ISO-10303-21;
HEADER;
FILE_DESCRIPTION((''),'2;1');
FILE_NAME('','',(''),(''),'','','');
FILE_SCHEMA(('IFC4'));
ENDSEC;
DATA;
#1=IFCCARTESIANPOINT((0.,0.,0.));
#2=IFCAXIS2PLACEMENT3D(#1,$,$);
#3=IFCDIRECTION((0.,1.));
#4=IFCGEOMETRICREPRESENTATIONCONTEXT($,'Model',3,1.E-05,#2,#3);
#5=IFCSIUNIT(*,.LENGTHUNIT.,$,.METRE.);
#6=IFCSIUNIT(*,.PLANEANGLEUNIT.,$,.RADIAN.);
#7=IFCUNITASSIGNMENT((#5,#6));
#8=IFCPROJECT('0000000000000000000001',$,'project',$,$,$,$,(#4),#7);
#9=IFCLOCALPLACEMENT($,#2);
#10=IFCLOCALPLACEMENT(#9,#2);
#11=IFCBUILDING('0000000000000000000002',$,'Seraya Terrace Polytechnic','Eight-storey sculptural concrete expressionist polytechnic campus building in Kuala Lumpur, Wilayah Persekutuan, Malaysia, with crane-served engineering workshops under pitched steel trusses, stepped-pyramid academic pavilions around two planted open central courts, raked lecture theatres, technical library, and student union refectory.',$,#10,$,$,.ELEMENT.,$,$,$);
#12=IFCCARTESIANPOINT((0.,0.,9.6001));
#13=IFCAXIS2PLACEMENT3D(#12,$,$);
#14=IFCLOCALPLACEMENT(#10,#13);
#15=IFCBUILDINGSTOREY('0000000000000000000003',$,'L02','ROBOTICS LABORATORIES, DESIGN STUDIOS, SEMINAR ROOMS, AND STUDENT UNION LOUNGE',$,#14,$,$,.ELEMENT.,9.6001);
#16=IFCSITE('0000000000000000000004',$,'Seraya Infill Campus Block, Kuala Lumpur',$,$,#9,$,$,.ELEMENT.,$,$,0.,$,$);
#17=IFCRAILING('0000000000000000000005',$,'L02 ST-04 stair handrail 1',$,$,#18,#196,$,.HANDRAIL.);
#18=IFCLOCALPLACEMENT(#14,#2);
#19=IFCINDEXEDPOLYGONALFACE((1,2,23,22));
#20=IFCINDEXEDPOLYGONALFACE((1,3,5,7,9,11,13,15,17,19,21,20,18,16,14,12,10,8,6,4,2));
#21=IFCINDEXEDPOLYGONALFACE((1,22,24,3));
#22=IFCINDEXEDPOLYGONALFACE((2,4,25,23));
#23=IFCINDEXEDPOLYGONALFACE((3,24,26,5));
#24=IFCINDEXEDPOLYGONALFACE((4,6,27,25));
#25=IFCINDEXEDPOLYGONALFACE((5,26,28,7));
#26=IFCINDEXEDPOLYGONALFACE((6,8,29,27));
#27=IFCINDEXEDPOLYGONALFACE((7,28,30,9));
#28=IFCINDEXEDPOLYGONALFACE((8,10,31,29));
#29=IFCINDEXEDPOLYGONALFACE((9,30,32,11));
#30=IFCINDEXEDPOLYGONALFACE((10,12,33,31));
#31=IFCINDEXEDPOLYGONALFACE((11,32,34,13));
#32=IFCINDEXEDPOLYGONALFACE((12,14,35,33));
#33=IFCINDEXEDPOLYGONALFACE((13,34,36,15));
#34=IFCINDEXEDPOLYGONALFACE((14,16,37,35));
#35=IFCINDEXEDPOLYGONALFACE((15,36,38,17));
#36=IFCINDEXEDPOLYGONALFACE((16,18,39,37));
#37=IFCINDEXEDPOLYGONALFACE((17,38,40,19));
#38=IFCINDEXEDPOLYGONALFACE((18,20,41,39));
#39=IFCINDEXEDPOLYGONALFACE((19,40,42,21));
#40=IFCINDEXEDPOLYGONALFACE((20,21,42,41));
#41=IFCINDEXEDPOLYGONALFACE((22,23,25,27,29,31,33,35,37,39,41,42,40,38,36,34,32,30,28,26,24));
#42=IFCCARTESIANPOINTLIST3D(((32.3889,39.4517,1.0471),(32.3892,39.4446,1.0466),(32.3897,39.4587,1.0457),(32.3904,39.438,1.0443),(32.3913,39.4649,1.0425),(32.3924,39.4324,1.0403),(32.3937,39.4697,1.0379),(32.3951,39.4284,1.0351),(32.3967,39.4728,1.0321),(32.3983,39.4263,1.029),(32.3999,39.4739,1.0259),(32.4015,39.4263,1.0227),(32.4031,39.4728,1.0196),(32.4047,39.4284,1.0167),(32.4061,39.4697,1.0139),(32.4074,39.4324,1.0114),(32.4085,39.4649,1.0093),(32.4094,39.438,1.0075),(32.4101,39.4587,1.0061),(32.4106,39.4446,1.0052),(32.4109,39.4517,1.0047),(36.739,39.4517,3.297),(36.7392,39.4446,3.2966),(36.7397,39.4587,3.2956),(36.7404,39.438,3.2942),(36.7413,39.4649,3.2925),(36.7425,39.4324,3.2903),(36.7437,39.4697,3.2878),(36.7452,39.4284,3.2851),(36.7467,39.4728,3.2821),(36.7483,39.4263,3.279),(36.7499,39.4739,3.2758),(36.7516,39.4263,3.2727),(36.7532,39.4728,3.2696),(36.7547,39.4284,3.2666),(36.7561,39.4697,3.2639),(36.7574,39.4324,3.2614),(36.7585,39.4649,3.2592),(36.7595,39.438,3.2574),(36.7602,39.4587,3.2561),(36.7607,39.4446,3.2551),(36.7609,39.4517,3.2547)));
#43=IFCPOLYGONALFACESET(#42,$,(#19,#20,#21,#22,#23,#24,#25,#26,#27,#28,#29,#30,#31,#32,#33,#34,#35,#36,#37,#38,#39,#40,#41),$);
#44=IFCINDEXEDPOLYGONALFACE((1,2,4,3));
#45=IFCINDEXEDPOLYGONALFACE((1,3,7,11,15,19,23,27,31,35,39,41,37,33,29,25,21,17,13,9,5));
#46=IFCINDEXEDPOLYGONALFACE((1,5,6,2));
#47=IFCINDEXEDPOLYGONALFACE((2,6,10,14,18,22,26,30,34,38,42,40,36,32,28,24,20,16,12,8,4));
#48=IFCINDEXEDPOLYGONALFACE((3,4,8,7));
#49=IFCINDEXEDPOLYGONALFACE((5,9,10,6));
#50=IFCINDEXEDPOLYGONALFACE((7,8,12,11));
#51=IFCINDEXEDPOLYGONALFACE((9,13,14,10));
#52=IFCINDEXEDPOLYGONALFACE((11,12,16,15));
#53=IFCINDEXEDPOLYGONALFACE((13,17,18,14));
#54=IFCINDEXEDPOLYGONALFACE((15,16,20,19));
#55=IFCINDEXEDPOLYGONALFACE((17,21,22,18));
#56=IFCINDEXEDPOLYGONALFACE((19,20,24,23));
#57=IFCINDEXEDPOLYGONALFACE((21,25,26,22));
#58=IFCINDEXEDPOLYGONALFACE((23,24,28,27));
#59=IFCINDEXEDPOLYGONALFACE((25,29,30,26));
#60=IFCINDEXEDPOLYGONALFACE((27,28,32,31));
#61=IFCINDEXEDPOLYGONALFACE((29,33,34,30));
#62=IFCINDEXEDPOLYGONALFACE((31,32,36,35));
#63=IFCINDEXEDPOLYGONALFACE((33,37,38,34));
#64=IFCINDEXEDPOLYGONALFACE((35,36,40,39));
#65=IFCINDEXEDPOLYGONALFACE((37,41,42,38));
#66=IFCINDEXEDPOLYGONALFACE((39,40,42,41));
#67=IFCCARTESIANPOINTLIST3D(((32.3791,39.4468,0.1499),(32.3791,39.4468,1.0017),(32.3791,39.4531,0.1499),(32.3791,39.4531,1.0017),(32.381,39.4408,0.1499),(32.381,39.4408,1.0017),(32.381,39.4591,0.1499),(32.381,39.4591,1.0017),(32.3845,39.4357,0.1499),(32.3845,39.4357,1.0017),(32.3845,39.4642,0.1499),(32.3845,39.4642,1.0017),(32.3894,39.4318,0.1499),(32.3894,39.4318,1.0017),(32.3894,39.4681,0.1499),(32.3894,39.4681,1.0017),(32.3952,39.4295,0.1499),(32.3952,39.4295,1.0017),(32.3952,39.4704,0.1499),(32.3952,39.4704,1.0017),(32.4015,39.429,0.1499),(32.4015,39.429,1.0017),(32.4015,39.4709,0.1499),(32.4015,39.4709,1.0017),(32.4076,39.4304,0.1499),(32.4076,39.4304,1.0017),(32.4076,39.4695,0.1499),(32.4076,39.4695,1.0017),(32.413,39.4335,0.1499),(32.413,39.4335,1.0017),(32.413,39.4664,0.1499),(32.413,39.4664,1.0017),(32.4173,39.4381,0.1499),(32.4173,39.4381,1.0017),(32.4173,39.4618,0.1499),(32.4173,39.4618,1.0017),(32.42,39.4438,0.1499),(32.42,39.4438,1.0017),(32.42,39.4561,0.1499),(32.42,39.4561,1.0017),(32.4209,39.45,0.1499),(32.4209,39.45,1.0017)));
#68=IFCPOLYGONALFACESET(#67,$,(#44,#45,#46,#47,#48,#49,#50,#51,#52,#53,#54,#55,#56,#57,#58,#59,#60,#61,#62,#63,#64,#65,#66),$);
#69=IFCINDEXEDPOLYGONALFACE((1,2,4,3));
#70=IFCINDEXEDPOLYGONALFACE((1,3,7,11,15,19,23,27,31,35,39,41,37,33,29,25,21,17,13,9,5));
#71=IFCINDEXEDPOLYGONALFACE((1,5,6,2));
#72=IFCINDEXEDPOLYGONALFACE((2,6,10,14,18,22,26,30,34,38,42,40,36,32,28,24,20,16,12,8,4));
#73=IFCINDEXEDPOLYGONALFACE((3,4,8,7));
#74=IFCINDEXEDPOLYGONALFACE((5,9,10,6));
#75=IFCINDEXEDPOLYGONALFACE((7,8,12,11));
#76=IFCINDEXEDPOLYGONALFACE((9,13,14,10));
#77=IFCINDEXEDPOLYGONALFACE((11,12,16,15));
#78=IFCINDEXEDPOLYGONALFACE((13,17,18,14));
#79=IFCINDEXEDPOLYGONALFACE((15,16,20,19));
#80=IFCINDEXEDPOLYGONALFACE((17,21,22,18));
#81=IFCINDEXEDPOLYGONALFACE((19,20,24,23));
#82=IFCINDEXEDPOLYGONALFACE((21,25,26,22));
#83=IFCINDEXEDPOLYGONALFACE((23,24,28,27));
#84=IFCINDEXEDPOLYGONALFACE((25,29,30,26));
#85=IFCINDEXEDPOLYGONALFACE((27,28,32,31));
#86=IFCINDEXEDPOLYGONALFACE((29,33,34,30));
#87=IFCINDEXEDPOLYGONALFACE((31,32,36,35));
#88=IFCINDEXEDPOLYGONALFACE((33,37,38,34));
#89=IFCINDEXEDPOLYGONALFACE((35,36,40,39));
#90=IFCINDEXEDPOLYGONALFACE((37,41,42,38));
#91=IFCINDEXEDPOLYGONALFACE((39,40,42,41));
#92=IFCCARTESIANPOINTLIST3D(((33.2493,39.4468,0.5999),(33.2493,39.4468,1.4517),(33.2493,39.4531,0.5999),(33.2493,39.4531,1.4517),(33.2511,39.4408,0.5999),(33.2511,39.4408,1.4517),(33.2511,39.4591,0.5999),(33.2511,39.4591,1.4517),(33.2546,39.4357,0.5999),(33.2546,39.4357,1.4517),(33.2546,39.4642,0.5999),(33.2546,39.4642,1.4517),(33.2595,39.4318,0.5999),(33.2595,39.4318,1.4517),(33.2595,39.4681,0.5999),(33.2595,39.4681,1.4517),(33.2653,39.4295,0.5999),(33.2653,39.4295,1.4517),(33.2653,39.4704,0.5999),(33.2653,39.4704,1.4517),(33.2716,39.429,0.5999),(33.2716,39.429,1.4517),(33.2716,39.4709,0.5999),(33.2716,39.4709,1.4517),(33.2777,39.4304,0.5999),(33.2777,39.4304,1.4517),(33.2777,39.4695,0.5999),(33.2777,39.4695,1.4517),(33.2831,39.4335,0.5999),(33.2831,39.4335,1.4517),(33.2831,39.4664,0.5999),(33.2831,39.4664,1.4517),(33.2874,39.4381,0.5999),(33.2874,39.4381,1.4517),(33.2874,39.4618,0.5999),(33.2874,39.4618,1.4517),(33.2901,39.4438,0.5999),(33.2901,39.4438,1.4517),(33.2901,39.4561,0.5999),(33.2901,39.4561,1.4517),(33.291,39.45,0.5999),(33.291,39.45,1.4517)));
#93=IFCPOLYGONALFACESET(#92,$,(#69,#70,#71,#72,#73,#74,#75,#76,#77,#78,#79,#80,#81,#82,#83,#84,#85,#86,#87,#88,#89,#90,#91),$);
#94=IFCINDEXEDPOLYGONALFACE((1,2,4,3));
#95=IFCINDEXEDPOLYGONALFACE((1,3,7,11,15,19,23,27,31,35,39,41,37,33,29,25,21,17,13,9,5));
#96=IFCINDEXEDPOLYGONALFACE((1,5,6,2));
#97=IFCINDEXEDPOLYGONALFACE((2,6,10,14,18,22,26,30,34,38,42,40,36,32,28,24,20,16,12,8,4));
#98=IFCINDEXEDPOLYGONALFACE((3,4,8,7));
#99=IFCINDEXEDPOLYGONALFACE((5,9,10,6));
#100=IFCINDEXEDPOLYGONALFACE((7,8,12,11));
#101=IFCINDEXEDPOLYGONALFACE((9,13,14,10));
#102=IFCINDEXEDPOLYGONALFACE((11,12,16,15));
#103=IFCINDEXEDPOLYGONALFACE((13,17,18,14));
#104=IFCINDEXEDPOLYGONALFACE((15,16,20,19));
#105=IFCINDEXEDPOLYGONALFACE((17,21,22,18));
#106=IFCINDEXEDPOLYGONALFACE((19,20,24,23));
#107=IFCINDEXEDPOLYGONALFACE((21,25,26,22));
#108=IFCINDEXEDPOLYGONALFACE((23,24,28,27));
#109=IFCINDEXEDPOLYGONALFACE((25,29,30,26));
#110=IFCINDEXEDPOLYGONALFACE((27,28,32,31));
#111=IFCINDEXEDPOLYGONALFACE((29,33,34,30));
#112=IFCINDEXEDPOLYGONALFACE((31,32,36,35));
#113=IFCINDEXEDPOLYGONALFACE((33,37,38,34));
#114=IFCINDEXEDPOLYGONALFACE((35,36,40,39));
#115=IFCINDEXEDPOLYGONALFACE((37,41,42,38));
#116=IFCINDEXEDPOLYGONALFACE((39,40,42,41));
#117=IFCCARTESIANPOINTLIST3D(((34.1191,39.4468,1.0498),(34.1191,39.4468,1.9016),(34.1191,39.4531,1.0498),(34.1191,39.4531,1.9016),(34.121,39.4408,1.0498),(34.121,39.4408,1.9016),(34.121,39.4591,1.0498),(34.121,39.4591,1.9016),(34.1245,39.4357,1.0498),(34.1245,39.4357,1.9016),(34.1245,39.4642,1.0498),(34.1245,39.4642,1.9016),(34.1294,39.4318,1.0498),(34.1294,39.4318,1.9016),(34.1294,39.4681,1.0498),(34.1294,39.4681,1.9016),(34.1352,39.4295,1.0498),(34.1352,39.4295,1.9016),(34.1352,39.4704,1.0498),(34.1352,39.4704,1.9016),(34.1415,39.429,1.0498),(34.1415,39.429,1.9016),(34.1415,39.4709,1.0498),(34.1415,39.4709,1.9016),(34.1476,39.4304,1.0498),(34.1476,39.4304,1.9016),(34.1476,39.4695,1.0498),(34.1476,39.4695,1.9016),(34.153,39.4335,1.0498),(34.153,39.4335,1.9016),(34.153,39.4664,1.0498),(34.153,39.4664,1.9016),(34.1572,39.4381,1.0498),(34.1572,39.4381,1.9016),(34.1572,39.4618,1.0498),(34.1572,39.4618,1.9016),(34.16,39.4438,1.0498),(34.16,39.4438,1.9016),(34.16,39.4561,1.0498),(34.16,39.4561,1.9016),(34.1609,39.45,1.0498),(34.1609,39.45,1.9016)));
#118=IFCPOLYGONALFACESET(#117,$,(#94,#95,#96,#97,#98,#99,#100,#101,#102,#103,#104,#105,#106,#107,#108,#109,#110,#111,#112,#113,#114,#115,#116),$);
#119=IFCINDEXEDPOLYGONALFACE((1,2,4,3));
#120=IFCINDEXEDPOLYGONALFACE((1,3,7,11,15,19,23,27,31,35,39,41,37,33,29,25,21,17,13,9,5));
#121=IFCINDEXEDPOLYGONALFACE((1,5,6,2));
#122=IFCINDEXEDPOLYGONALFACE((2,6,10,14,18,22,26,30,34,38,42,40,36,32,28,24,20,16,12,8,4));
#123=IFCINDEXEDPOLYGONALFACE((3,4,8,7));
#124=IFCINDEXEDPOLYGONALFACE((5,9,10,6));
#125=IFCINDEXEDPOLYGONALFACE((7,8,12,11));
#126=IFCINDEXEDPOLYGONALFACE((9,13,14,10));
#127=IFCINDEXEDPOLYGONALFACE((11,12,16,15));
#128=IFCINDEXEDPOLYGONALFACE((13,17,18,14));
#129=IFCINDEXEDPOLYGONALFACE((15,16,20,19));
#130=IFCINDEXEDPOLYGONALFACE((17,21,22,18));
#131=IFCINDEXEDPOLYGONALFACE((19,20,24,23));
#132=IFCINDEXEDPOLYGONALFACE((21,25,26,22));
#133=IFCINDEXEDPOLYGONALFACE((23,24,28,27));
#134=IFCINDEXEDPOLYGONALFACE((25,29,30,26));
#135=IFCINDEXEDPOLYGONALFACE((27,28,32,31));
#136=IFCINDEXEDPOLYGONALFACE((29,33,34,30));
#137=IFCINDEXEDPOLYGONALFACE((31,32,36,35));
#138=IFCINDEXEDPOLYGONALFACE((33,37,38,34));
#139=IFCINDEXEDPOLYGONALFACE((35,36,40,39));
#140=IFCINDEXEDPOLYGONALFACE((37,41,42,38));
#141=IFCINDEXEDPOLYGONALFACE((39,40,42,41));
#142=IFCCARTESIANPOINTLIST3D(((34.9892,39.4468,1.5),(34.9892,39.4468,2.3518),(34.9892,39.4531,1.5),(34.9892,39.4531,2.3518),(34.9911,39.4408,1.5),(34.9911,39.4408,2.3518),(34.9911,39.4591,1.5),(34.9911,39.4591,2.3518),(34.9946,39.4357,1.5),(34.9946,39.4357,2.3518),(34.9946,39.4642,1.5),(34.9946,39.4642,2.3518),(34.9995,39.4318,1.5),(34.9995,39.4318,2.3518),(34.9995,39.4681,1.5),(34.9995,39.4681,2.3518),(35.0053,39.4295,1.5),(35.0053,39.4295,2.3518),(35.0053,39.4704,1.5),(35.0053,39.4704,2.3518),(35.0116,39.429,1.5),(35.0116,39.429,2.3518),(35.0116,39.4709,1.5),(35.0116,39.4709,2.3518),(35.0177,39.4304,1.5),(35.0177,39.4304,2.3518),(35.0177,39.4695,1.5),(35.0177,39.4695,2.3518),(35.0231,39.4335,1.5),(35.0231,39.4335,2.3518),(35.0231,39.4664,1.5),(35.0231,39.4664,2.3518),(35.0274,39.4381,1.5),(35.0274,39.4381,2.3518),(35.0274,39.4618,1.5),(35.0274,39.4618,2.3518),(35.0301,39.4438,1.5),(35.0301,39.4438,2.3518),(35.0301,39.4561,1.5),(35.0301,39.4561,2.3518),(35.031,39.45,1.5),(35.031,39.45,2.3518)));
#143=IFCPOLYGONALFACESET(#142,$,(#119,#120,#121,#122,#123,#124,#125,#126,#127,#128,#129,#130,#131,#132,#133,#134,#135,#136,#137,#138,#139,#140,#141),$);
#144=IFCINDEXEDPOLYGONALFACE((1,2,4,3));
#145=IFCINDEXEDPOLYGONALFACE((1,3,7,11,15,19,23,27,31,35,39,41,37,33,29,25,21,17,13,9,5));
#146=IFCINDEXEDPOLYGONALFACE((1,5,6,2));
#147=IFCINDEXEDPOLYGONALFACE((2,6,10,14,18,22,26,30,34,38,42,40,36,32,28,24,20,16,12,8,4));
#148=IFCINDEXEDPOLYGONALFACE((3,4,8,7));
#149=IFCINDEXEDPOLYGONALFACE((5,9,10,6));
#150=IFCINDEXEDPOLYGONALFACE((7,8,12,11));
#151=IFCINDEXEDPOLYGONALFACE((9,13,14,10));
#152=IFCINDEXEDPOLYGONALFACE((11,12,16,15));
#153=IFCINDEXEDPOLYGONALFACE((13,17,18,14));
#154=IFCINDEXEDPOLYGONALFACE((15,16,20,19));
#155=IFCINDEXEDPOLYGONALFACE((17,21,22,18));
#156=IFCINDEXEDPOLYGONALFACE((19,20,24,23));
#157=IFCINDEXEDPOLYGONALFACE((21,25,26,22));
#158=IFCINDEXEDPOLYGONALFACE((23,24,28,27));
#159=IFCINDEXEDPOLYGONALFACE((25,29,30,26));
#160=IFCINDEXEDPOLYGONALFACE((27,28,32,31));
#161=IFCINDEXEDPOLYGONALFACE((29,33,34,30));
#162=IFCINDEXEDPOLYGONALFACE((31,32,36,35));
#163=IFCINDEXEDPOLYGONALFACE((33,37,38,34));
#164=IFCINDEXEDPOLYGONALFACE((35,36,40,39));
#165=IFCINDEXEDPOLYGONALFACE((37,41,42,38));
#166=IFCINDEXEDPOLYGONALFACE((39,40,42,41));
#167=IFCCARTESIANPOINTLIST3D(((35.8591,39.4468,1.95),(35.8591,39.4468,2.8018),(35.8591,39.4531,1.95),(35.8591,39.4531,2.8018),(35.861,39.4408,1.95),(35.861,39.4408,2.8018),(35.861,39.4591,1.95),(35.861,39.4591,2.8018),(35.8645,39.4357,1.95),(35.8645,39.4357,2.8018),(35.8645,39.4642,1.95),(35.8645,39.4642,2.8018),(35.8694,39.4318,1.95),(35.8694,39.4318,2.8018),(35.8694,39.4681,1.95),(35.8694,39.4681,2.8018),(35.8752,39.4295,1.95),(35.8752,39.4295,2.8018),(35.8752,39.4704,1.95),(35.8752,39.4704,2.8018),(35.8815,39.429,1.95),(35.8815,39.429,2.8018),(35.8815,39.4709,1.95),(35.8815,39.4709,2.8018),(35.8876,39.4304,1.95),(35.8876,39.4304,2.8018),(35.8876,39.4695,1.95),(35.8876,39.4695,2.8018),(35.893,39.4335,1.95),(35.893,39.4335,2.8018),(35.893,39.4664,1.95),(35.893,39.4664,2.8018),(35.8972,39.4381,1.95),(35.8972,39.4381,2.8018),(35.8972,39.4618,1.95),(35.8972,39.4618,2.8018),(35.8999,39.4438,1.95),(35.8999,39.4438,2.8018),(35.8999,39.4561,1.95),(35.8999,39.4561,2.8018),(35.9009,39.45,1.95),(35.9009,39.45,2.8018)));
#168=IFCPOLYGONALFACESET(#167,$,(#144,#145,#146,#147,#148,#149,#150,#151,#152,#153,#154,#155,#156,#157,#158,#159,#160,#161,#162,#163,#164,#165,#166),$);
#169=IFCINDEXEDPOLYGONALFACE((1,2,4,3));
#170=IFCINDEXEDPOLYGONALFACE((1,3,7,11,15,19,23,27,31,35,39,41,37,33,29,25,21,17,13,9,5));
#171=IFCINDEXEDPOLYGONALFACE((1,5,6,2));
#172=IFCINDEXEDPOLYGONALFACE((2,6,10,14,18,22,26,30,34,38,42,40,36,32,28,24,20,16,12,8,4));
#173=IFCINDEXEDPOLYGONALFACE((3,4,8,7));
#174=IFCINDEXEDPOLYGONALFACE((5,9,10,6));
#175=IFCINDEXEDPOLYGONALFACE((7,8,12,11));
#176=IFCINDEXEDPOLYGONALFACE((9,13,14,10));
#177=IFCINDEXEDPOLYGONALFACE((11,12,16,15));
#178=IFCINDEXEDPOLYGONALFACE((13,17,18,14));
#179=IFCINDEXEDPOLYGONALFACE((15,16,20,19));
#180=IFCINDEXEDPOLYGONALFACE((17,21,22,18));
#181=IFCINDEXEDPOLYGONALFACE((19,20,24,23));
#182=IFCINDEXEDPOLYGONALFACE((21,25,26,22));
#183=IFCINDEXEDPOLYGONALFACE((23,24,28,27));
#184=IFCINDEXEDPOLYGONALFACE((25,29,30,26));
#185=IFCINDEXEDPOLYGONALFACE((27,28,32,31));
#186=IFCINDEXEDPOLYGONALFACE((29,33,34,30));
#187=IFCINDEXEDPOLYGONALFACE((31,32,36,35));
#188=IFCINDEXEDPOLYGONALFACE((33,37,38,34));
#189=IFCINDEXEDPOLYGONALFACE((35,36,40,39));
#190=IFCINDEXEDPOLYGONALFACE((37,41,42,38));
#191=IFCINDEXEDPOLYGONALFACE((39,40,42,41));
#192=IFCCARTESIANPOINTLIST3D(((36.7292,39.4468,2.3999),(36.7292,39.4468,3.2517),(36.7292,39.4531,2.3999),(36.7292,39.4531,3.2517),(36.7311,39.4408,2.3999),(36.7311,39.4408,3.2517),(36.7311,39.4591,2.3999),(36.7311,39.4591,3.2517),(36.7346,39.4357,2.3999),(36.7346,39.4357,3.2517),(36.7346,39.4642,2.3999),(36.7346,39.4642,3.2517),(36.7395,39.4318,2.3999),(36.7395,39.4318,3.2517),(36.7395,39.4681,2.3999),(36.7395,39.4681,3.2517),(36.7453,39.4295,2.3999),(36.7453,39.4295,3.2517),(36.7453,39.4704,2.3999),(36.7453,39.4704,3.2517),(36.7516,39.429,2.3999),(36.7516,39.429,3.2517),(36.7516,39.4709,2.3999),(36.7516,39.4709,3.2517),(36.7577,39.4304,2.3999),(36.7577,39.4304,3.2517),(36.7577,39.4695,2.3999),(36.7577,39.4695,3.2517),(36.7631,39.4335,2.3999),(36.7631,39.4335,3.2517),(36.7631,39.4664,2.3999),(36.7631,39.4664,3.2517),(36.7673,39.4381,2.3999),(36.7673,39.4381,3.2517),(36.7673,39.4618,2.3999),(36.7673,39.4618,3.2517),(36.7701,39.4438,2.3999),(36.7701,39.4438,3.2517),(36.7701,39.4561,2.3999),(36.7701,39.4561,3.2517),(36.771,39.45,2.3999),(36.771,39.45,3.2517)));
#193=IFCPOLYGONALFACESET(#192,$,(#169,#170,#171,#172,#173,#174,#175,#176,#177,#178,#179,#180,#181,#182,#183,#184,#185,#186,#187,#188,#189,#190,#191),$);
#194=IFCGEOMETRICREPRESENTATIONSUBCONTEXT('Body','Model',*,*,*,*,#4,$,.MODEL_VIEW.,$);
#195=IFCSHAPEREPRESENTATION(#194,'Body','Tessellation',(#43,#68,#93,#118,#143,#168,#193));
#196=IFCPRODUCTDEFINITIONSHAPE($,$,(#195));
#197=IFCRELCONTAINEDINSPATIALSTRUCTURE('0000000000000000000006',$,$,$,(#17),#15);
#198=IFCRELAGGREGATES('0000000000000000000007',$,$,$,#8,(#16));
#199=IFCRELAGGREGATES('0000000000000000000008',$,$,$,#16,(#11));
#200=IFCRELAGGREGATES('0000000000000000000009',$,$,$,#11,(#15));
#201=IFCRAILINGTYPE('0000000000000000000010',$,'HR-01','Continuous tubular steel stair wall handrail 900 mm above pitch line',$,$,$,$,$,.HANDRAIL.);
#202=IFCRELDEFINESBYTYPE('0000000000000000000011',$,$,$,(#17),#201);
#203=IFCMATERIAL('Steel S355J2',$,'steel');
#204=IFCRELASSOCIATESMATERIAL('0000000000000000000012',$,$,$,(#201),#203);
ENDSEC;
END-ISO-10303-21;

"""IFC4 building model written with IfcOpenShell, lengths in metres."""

from ifc_helpers import new_model, si_unit, direction, frame, origin, origin_2d, place, context, subcontext, project, spatial, circle, extrude, material, type_object, element, save


model = new_model("IFC4")

# Units and contexts
model_context = context("Model", 3, precision=1e-05, world=origin(), true_north=direction((0.0, 1.0)))
body_context = subcontext(model_context, "Body", "Model", "MODEL_VIEW")
ifc_project = project(units=[si_unit("LENGTHUNIT", "METRE"), si_unit("PLANEANGLEUNIT", "RADIAN")], contexts=[model_context])

# Site, building, storey
site_placement = place(None, origin())
site = spatial("IfcSite", under=ifc_project, at=site_placement, Name="Seraya Infill Campus Block, Kuala Lumpur", CompositionType="ELEMENT", RefElevation=0.0)
building_placement = place(site_placement, origin())
building = spatial("IfcBuilding", under=site, at=building_placement, Name="Seraya Terrace Polytechnic", Description="Eight-storey sculptural concrete expressionist polytechnic campus building in Kuala Lumpur, Wilayah Persekutuan, Malaysia, with crane-served engineering workshops under pitched steel trusses, stepped-pyramid academic pavilions around two planted open central courts, raked lecture theatres, technical library, and student union refectory.", CompositionType="ELEMENT")
storey_placement = place(building_placement, frame((0.0, 0.0, 9.6001)))
storey = spatial("IfcBuildingStorey", under=building, at=storey_placement, Name="L02", Description="ROBOTICS LABORATORIES, DESIGN STUDIOS, SEMINAR ROOMS, AND STUDENT UNION LOUNGE", CompositionType="ELEMENT", Elevation=9.6001)

# Shared definitions
ifc_material_1 = material(Name="Steel S355J2", Category="steel")

# Railing
railing_type_1 = type_object("IfcRailingType", Name="HR-01", Description="Continuous tubular steel stair wall handrail 900 mm above pitch line", PredefinedType="HANDRAIL", material=ifc_material_1)
railing_1_placement = place(storey_placement, frame((32.3999, 39.45, 0.1499)))
element("IfcRailing", 1, at=railing_1_placement, inside=storey, type_object=railing_type_1, Name="L02 ST-04 stair handrail 1", PredefinedType="HANDRAIL", context=body_context, shape_type="SweptSolid", body=[
    extrude(circle(Radius=0.0239, at=origin_2d()), frame((0.0, 0.0, 0.876), z_axis=(0.888222, 0.0, 0.459415), x_axis=(0.0, 1.0, 0.0)), (0.0, 0.0, 1.0), 4.8975),
    extrude(circle(Radius=0.021, at=origin_2d()), origin(), (0.0, 0.0, 1.0), 0.8518),
    extrude(circle(Radius=0.021, at=origin_2d()), frame((0.8701, 0.0, 0.45)), (0.0, 0.0, 1.0), 0.8518),
    extrude(circle(Radius=0.021, at=origin_2d()), frame((1.74, 0.0, 0.8999)), (0.0, 0.0, 1.0), 0.8518),
    extrude(circle(Radius=0.021, at=origin_2d()), frame((2.6101, 0.0, 1.3501)), (0.0, 0.0, 1.0), 0.8518),
    extrude(circle(Radius=0.021, at=origin_2d()), frame((3.48, 0.0, 1.8)), (0.0, 0.0, 1.0), 0.8518),
    extrude(circle(Radius=0.021, at=origin_2d()), frame((4.3501, 0.0, 2.25)), (0.0, 0.0, 1.0), 0.8518),
])

save(model, "model.ifc")
